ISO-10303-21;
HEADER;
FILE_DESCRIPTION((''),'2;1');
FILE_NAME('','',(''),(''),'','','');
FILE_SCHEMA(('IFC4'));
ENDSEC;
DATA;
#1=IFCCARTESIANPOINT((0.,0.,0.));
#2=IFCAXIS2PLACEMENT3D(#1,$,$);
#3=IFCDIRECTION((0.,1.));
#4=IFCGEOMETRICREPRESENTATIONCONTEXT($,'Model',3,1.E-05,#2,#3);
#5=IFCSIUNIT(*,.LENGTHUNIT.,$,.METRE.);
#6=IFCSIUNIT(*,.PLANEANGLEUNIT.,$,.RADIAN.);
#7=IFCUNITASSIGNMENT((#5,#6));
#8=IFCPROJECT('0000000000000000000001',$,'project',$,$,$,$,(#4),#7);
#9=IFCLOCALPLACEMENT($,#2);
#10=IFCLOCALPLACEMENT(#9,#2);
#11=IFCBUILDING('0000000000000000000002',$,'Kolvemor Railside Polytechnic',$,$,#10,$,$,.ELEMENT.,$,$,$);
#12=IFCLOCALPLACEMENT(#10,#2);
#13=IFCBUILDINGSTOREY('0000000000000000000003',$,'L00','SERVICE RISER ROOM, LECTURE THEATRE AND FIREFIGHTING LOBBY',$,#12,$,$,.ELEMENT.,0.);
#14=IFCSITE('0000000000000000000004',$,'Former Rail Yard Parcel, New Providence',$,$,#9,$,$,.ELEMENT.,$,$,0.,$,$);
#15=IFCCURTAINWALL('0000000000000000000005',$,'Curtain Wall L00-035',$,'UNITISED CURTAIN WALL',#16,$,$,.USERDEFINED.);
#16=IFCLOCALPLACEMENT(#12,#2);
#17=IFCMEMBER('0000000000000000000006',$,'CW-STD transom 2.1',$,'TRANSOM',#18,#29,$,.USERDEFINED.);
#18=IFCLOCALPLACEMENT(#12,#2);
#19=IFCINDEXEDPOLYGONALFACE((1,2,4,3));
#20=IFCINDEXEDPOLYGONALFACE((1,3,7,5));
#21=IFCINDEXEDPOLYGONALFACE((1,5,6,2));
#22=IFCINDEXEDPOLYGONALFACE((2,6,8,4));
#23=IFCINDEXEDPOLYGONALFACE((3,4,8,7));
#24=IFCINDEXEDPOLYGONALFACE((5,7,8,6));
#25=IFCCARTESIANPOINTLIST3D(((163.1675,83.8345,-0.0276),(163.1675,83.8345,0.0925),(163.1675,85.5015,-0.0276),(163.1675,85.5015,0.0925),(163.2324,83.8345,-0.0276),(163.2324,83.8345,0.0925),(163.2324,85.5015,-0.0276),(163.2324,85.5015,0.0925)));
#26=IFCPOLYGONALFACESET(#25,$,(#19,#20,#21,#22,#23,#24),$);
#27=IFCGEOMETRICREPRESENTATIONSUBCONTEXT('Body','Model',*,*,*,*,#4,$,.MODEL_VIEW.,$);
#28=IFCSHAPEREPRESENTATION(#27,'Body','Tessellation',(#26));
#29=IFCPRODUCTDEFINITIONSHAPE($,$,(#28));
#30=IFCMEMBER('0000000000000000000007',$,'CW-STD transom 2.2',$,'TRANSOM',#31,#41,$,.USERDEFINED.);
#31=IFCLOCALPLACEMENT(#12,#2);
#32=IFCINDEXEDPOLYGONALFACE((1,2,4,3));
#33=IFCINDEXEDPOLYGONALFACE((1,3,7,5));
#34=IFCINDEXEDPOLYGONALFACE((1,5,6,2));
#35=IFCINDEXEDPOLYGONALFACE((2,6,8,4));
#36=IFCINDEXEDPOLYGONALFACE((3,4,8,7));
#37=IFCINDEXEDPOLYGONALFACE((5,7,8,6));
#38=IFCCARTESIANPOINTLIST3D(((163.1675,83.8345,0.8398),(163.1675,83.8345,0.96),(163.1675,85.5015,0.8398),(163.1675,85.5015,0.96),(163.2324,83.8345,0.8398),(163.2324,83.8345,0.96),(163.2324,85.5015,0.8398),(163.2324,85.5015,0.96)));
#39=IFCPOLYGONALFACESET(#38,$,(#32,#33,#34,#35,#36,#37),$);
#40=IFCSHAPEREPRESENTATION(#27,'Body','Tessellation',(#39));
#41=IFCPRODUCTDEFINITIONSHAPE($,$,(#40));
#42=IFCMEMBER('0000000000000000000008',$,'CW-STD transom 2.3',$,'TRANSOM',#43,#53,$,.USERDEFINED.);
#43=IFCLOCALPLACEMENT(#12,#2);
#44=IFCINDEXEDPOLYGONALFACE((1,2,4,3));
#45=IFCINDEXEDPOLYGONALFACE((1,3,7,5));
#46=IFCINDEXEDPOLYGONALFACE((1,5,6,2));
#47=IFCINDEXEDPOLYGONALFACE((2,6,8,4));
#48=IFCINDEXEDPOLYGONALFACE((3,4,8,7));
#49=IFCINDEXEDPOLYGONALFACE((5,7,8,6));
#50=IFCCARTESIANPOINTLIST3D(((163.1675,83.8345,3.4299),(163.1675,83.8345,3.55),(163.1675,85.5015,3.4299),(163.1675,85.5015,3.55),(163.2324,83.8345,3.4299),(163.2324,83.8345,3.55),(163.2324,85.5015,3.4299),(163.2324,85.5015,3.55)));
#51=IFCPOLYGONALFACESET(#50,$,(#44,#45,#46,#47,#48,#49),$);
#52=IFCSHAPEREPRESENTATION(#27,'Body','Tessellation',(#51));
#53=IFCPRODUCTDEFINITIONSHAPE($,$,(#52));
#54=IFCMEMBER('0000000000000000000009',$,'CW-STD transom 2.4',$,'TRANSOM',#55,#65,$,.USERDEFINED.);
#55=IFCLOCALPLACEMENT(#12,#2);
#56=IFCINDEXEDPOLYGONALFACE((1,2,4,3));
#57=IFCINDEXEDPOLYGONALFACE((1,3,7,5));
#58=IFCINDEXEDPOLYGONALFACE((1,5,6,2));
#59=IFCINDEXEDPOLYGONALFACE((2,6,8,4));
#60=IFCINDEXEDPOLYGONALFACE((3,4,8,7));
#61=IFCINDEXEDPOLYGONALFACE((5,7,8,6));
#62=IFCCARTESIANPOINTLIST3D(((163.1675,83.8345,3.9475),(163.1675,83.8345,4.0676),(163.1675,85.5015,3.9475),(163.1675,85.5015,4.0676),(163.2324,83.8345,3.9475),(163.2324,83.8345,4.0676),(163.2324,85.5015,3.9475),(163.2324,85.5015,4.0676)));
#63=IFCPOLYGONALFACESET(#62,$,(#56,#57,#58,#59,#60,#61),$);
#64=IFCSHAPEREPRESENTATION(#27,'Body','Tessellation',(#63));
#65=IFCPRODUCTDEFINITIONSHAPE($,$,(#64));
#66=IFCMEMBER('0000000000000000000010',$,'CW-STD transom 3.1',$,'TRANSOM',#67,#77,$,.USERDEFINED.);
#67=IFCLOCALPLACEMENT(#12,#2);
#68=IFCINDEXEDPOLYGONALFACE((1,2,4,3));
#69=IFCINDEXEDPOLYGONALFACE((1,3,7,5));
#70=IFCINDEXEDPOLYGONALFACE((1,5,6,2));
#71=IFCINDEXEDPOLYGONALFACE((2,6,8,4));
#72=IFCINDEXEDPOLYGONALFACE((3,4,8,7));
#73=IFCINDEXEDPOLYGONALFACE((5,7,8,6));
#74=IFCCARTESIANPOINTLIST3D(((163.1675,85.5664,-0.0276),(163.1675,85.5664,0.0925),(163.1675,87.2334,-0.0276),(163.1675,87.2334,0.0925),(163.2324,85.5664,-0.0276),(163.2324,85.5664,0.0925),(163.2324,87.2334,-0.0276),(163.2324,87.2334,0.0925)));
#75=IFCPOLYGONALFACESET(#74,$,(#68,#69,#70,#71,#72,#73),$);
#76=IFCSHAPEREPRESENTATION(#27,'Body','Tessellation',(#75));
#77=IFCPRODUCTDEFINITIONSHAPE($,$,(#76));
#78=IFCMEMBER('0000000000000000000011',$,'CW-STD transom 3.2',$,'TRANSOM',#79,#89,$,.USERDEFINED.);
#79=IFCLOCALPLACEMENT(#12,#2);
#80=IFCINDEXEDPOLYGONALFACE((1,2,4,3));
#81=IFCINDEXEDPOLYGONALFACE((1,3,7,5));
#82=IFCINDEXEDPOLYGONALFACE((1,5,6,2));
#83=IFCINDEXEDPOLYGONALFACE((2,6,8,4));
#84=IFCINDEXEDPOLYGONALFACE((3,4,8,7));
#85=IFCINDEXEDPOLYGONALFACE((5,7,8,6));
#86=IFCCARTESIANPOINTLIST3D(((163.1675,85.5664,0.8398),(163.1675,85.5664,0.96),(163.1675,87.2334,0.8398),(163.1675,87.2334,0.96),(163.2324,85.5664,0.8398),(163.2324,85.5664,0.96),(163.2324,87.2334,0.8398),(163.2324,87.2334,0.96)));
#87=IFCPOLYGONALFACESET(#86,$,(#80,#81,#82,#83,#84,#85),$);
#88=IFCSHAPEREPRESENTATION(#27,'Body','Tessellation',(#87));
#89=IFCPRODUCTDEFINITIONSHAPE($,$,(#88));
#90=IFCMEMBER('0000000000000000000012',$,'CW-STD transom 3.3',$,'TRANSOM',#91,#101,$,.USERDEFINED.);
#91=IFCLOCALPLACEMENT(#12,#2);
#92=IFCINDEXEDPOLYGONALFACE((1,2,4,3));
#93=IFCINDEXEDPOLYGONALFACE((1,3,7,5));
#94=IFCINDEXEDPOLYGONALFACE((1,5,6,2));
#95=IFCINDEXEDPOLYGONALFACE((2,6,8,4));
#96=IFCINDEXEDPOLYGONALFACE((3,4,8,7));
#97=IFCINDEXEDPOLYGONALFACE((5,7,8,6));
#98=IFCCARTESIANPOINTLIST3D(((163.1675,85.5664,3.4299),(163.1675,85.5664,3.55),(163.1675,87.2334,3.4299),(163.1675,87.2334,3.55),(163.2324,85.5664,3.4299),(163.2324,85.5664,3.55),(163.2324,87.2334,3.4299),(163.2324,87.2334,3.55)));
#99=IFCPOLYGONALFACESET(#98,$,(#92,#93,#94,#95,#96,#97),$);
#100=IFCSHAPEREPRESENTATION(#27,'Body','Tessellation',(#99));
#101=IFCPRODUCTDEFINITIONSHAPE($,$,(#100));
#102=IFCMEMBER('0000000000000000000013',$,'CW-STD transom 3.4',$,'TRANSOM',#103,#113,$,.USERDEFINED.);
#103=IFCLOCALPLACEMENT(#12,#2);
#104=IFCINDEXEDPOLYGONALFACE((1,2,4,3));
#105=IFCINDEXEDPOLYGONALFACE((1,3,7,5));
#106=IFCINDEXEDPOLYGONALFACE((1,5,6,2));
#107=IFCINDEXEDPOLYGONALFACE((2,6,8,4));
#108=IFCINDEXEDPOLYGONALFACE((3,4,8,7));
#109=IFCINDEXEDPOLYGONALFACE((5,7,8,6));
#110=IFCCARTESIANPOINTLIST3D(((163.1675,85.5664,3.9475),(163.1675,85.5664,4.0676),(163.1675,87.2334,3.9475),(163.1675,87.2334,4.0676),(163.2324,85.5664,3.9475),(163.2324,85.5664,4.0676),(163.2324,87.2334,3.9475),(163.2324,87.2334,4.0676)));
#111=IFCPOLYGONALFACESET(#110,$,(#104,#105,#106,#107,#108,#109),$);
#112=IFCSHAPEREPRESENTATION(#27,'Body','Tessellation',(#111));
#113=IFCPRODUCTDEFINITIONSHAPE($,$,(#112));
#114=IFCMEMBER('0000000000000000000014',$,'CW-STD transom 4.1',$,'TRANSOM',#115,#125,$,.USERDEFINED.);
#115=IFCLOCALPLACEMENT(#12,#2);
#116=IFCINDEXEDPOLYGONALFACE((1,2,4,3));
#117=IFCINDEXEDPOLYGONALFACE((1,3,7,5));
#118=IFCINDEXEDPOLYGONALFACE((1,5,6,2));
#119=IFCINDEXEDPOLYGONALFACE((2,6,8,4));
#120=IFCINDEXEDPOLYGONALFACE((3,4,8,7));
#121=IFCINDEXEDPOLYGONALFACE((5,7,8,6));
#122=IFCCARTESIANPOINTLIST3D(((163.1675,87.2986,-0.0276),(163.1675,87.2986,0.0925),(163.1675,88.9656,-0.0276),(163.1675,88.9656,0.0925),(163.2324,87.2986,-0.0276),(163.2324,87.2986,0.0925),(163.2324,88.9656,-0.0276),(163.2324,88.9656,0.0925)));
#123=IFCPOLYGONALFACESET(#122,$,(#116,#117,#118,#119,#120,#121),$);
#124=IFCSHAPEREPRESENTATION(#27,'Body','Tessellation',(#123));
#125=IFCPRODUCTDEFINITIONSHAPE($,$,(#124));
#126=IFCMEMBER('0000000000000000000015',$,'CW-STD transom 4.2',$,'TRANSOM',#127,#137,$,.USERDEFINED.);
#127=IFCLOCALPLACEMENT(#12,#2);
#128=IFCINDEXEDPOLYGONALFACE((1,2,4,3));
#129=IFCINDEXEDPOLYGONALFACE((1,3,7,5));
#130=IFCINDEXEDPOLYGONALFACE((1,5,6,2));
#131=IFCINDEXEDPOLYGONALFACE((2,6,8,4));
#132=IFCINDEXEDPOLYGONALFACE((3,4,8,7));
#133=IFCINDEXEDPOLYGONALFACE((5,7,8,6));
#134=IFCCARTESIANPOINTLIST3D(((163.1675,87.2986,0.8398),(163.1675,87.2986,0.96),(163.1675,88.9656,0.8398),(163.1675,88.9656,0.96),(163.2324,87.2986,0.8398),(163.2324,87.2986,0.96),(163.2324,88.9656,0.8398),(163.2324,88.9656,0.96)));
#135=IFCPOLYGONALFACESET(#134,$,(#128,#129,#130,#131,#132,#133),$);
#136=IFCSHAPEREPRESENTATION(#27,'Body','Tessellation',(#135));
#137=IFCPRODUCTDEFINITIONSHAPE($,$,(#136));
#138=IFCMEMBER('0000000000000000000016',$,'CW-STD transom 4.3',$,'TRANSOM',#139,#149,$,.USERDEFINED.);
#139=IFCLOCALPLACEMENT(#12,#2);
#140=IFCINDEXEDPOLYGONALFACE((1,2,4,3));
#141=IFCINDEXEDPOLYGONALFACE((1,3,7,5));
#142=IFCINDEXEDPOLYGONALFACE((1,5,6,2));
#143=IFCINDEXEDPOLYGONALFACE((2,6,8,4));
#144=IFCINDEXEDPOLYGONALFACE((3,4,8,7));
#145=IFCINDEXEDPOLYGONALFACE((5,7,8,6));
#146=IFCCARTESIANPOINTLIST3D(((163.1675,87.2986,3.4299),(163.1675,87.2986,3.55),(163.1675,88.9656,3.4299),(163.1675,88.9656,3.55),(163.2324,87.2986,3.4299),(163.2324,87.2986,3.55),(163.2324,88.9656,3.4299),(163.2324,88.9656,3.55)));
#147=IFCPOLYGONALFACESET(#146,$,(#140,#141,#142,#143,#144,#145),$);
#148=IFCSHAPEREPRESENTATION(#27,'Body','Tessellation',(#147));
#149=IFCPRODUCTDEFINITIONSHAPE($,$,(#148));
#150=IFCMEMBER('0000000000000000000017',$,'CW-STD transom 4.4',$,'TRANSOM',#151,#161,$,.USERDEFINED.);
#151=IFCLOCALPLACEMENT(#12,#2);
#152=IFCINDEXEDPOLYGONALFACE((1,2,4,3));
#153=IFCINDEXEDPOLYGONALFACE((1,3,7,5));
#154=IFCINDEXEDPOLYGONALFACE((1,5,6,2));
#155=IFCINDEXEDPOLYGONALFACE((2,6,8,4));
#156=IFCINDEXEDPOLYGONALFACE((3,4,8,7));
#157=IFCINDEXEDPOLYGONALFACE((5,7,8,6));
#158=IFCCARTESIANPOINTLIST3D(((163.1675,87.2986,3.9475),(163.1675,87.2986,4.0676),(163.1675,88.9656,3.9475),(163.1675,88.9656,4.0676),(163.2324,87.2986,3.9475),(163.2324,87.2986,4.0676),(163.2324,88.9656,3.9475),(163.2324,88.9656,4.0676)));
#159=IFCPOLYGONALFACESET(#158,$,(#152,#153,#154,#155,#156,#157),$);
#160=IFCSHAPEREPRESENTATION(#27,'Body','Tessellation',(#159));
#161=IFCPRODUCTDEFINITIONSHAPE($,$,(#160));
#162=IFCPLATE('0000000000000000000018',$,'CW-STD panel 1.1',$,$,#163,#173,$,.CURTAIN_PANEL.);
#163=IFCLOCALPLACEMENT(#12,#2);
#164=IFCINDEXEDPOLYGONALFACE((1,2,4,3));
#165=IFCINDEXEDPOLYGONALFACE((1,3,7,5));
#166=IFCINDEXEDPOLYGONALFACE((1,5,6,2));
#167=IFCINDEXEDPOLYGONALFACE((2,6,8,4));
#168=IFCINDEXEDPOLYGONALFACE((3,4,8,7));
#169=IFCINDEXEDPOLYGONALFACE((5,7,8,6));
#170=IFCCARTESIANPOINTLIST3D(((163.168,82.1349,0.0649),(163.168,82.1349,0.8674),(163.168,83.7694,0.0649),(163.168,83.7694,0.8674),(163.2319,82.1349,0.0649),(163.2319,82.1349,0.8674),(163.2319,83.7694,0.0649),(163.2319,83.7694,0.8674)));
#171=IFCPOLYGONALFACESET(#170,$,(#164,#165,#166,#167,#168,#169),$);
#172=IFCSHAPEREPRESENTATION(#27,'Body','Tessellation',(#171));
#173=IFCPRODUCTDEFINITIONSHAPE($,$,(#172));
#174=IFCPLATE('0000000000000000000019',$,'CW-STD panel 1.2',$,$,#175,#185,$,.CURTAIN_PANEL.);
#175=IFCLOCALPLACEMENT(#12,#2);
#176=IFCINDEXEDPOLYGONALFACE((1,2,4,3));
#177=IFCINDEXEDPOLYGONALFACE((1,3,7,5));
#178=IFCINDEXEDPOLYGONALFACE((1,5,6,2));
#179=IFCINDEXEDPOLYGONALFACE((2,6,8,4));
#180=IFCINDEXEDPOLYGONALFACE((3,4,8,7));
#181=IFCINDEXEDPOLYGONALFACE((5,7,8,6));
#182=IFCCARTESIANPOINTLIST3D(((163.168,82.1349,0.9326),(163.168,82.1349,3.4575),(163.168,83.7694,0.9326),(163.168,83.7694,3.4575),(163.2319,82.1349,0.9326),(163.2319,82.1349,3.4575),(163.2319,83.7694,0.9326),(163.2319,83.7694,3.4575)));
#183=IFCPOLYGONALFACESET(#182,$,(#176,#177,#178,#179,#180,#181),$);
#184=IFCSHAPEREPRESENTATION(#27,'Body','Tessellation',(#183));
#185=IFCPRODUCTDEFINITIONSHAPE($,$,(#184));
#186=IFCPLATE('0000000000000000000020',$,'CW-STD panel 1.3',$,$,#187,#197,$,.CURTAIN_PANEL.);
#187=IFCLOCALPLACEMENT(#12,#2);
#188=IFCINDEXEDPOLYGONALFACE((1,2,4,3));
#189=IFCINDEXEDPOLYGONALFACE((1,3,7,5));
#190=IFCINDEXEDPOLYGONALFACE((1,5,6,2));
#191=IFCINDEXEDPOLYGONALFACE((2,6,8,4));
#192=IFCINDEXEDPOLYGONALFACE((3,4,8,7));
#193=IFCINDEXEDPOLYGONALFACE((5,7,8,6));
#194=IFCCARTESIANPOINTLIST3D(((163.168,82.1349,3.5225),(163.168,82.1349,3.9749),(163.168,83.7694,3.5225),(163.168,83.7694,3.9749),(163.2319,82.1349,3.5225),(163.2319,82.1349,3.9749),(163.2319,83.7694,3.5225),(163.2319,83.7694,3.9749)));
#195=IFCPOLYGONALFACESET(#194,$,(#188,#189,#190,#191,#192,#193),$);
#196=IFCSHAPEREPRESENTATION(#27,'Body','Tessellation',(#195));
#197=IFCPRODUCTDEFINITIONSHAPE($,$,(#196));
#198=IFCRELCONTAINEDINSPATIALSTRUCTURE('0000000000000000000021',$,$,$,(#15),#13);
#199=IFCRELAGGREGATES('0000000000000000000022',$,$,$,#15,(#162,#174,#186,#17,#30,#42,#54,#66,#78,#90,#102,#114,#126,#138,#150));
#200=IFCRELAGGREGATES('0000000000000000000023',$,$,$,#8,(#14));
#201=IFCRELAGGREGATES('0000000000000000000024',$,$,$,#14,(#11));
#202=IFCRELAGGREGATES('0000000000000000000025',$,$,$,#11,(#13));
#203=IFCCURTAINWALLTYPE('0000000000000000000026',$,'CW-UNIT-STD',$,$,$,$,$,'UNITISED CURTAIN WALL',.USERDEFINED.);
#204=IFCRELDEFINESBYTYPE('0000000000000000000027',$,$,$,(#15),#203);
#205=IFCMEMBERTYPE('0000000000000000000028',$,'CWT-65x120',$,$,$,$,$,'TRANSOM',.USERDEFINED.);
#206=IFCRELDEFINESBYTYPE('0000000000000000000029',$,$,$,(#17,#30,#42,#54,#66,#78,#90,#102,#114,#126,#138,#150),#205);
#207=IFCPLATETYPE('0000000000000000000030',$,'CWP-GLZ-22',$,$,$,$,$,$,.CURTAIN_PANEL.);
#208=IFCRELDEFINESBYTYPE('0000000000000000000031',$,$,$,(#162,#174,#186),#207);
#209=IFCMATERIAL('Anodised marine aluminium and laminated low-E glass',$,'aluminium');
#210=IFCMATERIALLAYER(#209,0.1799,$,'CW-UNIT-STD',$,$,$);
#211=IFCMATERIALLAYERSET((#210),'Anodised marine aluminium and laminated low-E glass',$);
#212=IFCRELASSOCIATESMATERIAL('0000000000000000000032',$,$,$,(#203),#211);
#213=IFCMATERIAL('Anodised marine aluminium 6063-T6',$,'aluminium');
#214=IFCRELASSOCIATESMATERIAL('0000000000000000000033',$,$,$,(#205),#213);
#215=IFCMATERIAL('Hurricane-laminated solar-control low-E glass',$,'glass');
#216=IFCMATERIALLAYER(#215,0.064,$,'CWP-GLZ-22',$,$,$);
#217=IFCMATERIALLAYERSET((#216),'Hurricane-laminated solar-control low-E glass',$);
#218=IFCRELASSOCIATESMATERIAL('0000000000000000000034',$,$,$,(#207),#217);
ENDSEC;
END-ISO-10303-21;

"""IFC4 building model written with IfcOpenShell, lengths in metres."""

from ifc_helpers import new_model, si_unit, direction, frame, origin, origin_2d, place, context, subcontext, project, spatial, rectangle, extrude, material, layer, layer_set, material_profile, profile_set, type_object, element, aggregate, save


model = new_model("IFC4")

# Units and contexts
model_context = context("Model", 3, precision=1e-05, world=origin(), true_north=direction((0.0, 1.0)))
body_context = subcontext(model_context, "Body", "Model", "MODEL_VIEW")
ifc_project = project(units=[si_unit("LENGTHUNIT", "METRE"), si_unit("PLANEANGLEUNIT", "RADIAN")], contexts=[model_context])

# Site, building, storey
site_placement = place(None, origin())
site = spatial("IfcSite", under=ifc_project, at=site_placement, Name="Former Rail Yard Parcel, New Providence", CompositionType="ELEMENT", RefElevation=0.0)
building_placement = place(site_placement, origin())
building = spatial("IfcBuilding", under=site, at=building_placement, Name="Kolvemor Railside Polytechnic", CompositionType="ELEMENT")
storey_placement = place(building_placement, origin())
storey = spatial("IfcBuildingStorey", under=building, at=storey_placement, Name="L00", Description="SERVICE RISER ROOM, LECTURE THEATRE AND FIREFIGHTING LOBBY", CompositionType="ELEMENT", Elevation=0.0)

# Curtain wall, members, plates
ifc_material_1 = material(Name="Anodised marine aluminium and laminated low-E glass", Category="aluminium")
ifc_layer_1 = layer(ifc_material_1, 0.1799, Name="CW-UNIT-STD")
ifc_layer_set_1 = layer_set([ifc_layer_1], Name="Anodised marine aluminium and laminated low-E glass")
curtain_wall_type = type_object("IfcCurtainWallType", Name="CW-UNIT-STD", ElementType="UNITISED CURTAIN WALL", PredefinedType="USERDEFINED", material=ifc_layer_set_1)
curtain_wall_placement = place(storey_placement, origin())
curtain_wall = element("IfcCurtainWall", 1, at=curtain_wall_placement, inside=storey, type_object=curtain_wall_type, Name="Curtain Wall L00-035", ObjectType="UNITISED CURTAIN WALL", PredefinedType="USERDEFINED")
ifc_material_2 = material(Name="Anodised marine aluminium 6063-T6", Category="aluminium")
ifc_material_profile_1 = material_profile(ifc_material_2, rectangle(XDim=0.0649, YDim=0.1201, at=origin_2d()), Name="CW-TRN-65x120")
ifc_profile_set_1 = profile_set([ifc_material_profile_1], Name="Anodised marine aluminium 6063-T6")
member_type_1 = type_object("IfcMemberType", Name="CWT-65x120", ElementType="TRANSOM", PredefinedType="USERDEFINED", material=ifc_profile_set_1)
member_1_placement = place(storey_placement, frame((163.2, 83.8345, 0.0325), z_axis=(0.0, 1.0, 0.0), x_axis=(-1.0, 0.0, 0.0)))
member_1 = element("IfcMember", 2, at=member_1_placement, type_object=member_type_1, Name="CW-STD transom 2.1", ObjectType="TRANSOM", PredefinedType="USERDEFINED", context=body_context, shape_type="SweptSolid", body=[
    extrude(rectangle(XDim=0.0649, YDim=0.1201, at=origin_2d()), origin(), (0.0, 0.0, 1.0), 1.667),
])
member_2_placement = place(storey_placement, frame((163.2, 83.8345, 0.8999), z_axis=(0.0, 1.0, 0.0), x_axis=(-1.0, 0.0, 0.0)))
member_2 = element("IfcMember", 3, at=member_2_placement, type_object=member_type_1, Name="CW-STD transom 2.2", ObjectType="TRANSOM", PredefinedType="USERDEFINED", context=body_context, shape_type="SweptSolid", body=[
    extrude(rectangle(XDim=0.0649, YDim=0.1201, at=origin_2d()), origin(), (0.0, 0.0, 1.0), 1.667),
])
member_3_placement = place(storey_placement, frame((163.2, 83.8345, 3.49), z_axis=(0.0, 1.0, 0.0), x_axis=(-1.0, 0.0, 0.0)))
member_3 = element("IfcMember", 4, at=member_3_placement, type_object=member_type_1, Name="CW-STD transom 2.3", ObjectType="TRANSOM", PredefinedType="USERDEFINED", context=body_context, shape_type="SweptSolid", body=[
    extrude(rectangle(XDim=0.0649, YDim=0.1201, at=origin_2d()), origin(), (0.0, 0.0, 1.0), 1.667),
])
member_4_placement = place(storey_placement, frame((163.2, 83.8345, 4.0076), z_axis=(0.0, 1.0, 0.0), x_axis=(-1.0, 0.0, 0.0)))
member_4 = element("IfcMember", 5, at=member_4_placement, type_object=member_type_1, Name="CW-STD transom 2.4", ObjectType="TRANSOM", PredefinedType="USERDEFINED", context=body_context, shape_type="SweptSolid", body=[
    extrude(rectangle(XDim=0.0649, YDim=0.1201, at=origin_2d()), origin(), (0.0, 0.0, 1.0), 1.667),
])
member_5_placement = place(storey_placement, frame((163.2, 85.5664, 0.0325), z_axis=(0.0, 1.0, 0.0), x_axis=(-1.0, 0.0, 0.0)))
member_5 = element("IfcMember", 6, at=member_5_placement, type_object=member_type_1, Name="CW-STD transom 3.1", ObjectType="TRANSOM", PredefinedType="USERDEFINED", context=body_context, shape_type="SweptSolid", body=[
    extrude(rectangle(XDim=0.0649, YDim=0.1201, at=origin_2d()), origin(), (0.0, 0.0, 1.0), 1.667),
])
member_6_placement = place(storey_placement, frame((163.2, 85.5664, 0.8999), z_axis=(0.0, 1.0, 0.0), x_axis=(-1.0, 0.0, 0.0)))
member_6 = element("IfcMember", 7, at=member_6_placement, type_object=member_type_1, Name="CW-STD transom 3.2", ObjectType="TRANSOM", PredefinedType="USERDEFINED", context=body_context, shape_type="SweptSolid", body=[
    extrude(rectangle(XDim=0.0649, YDim=0.1201, at=origin_2d()), origin(), (0.0, 0.0, 1.0), 1.667),
])
member_7_placement = place(storey_placement, frame((163.2, 85.5664, 3.49), z_axis=(0.0, 1.0, 0.0), x_axis=(-1.0, 0.0, 0.0)))
member_7 = element("IfcMember", 8, at=member_7_placement, type_object=member_type_1, Name="CW-STD transom 3.3", ObjectType="TRANSOM", PredefinedType="USERDEFINED", context=body_context, shape_type="SweptSolid", body=[
    extrude(rectangle(XDim=0.0649, YDim=0.1201, at=origin_2d()), origin(), (0.0, 0.0, 1.0), 1.667),
])
member_8_placement = place(storey_placement, frame((163.2, 85.5664, 4.0076), z_axis=(0.0, 1.0, 0.0), x_axis=(-1.0, 0.0, 0.0)))
member_8 = element("IfcMember", 9, at=member_8_placement, type_object=member_type_1, Name="CW-STD transom 3.4", ObjectType="TRANSOM", PredefinedType="USERDEFINED", context=body_context, shape_type="SweptSolid", body=[
    extrude(rectangle(XDim=0.0649, YDim=0.1201, at=origin_2d()), origin(), (0.0, 0.0, 1.0), 1.667),
])
member_9_placement = place(storey_placement, frame((163.2, 87.2986, 0.0325), z_axis=(0.0, 1.0, 0.0), x_axis=(-1.0, 0.0, 0.0)))
member_9 = element("IfcMember", 10, at=member_9_placement, type_object=member_type_1, Name="CW-STD transom 4.1", ObjectType="TRANSOM", PredefinedType="USERDEFINED", context=body_context, shape_type="SweptSolid", body=[
    extrude(rectangle(XDim=0.0649, YDim=0.1201, at=origin_2d()), origin(), (0.0, 0.0, 1.0), 1.667),
])
member_10_placement = place(storey_placement, frame((163.2, 87.2986, 0.8999), z_axis=(0.0, 1.0, 0.0), x_axis=(-1.0, 0.0, 0.0)))
member_10 = element("IfcMember", 11, at=member_10_placement, type_object=member_type_1, Name="CW-STD transom 4.2", ObjectType="TRANSOM", PredefinedType="USERDEFINED", context=body_context, shape_type="SweptSolid", body=[
    extrude(rectangle(XDim=0.0649, YDim=0.1201, at=origin_2d()), origin(), (0.0, 0.0, 1.0), 1.667),
])
member_11_placement = place(storey_placement, frame((163.2, 87.2986, 3.49), z_axis=(0.0, 1.0, 0.0), x_axis=(-1.0, 0.0, 0.0)))
member_11 = element("IfcMember", 12, at=member_11_placement, type_object=member_type_1, Name="CW-STD transom 4.3", ObjectType="TRANSOM", PredefinedType="USERDEFINED", context=body_context, shape_type="SweptSolid", body=[
    extrude(rectangle(XDim=0.0649, YDim=0.1201, at=origin_2d()), origin(), (0.0, 0.0, 1.0), 1.667),
])
member_12_placement = place(storey_placement, frame((163.2, 87.2986, 4.0076), z_axis=(0.0, 1.0, 0.0), x_axis=(-1.0, 0.0, 0.0)))
member_12 = element("IfcMember", 13, at=member_12_placement, type_object=member_type_1, Name="CW-STD transom 4.4", ObjectType="TRANSOM", PredefinedType="USERDEFINED", context=body_context, shape_type="SweptSolid", body=[
    extrude(rectangle(XDim=0.0649, YDim=0.1201, at=origin_2d()), origin(), (0.0, 0.0, 1.0), 1.667),
])
ifc_material_3 = material(Name="Hurricane-laminated solar-control low-E glass", Category="glass")
ifc_layer_2 = layer(ifc_material_3, 0.064, Name="CWP-GLZ-22")
ifc_layer_set_2 = layer_set([ifc_layer_2], Name="Hurricane-laminated solar-control low-E glass")
plate_type = type_object("IfcPlateType", Name="CWP-GLZ-22", PredefinedType="CURTAIN_PANEL", material=ifc_layer_set_2)
plate_1_placement = place(storey_placement, frame((163.2, 82.9521, 0.0649), z_axis=(0.0, 0.0, 1.0), x_axis=(0.0, 1.0, 0.0)))
plate_1 = element("IfcPlate", 14, at=plate_1_placement, type_object=plate_type, Name="CW-STD panel 1.1", PredefinedType="CURTAIN_PANEL", context=body_context, shape_type="SweptSolid", body=[
    extrude(rectangle(XDim=1.6345, YDim=0.064, at=origin_2d()), origin(), (0.0, 0.0, 1.0), 0.8025),
])
plate_2_placement = place(storey_placement, frame((163.2, 82.9521, 0.9326), z_axis=(0.0, 0.0, 1.0), x_axis=(0.0, 1.0, 0.0)))
plate_2 = element("IfcPlate", 15, at=plate_2_placement, type_object=plate_type, Name="CW-STD panel 1.2", PredefinedType="CURTAIN_PANEL", context=body_context, shape_type="SweptSolid", body=[
    extrude(rectangle(XDim=1.6345, YDim=0.064, at=origin_2d()), origin(), (0.0, 0.0, 1.0), 2.5249),
])
plate_3_placement = place(storey_placement, frame((163.2, 82.9521, 3.5225), z_axis=(0.0, 0.0, 1.0), x_axis=(0.0, 1.0, 0.0)))
plate_3 = element("IfcPlate", 16, at=plate_3_placement, type_object=plate_type, Name="CW-STD panel 1.3", PredefinedType="CURTAIN_PANEL", context=body_context, shape_type="SweptSolid", body=[
    extrude(rectangle(XDim=1.6345, YDim=0.064, at=origin_2d()), origin(), (0.0, 0.0, 1.0), 0.4524),
])
aggregate(curtain_wall, [plate_1, plate_2, plate_3, member_1, member_2, member_3, member_4, member_5, member_6, member_7, member_8, member_9, member_10, member_11, member_12])

save(model, "model.ifc")
